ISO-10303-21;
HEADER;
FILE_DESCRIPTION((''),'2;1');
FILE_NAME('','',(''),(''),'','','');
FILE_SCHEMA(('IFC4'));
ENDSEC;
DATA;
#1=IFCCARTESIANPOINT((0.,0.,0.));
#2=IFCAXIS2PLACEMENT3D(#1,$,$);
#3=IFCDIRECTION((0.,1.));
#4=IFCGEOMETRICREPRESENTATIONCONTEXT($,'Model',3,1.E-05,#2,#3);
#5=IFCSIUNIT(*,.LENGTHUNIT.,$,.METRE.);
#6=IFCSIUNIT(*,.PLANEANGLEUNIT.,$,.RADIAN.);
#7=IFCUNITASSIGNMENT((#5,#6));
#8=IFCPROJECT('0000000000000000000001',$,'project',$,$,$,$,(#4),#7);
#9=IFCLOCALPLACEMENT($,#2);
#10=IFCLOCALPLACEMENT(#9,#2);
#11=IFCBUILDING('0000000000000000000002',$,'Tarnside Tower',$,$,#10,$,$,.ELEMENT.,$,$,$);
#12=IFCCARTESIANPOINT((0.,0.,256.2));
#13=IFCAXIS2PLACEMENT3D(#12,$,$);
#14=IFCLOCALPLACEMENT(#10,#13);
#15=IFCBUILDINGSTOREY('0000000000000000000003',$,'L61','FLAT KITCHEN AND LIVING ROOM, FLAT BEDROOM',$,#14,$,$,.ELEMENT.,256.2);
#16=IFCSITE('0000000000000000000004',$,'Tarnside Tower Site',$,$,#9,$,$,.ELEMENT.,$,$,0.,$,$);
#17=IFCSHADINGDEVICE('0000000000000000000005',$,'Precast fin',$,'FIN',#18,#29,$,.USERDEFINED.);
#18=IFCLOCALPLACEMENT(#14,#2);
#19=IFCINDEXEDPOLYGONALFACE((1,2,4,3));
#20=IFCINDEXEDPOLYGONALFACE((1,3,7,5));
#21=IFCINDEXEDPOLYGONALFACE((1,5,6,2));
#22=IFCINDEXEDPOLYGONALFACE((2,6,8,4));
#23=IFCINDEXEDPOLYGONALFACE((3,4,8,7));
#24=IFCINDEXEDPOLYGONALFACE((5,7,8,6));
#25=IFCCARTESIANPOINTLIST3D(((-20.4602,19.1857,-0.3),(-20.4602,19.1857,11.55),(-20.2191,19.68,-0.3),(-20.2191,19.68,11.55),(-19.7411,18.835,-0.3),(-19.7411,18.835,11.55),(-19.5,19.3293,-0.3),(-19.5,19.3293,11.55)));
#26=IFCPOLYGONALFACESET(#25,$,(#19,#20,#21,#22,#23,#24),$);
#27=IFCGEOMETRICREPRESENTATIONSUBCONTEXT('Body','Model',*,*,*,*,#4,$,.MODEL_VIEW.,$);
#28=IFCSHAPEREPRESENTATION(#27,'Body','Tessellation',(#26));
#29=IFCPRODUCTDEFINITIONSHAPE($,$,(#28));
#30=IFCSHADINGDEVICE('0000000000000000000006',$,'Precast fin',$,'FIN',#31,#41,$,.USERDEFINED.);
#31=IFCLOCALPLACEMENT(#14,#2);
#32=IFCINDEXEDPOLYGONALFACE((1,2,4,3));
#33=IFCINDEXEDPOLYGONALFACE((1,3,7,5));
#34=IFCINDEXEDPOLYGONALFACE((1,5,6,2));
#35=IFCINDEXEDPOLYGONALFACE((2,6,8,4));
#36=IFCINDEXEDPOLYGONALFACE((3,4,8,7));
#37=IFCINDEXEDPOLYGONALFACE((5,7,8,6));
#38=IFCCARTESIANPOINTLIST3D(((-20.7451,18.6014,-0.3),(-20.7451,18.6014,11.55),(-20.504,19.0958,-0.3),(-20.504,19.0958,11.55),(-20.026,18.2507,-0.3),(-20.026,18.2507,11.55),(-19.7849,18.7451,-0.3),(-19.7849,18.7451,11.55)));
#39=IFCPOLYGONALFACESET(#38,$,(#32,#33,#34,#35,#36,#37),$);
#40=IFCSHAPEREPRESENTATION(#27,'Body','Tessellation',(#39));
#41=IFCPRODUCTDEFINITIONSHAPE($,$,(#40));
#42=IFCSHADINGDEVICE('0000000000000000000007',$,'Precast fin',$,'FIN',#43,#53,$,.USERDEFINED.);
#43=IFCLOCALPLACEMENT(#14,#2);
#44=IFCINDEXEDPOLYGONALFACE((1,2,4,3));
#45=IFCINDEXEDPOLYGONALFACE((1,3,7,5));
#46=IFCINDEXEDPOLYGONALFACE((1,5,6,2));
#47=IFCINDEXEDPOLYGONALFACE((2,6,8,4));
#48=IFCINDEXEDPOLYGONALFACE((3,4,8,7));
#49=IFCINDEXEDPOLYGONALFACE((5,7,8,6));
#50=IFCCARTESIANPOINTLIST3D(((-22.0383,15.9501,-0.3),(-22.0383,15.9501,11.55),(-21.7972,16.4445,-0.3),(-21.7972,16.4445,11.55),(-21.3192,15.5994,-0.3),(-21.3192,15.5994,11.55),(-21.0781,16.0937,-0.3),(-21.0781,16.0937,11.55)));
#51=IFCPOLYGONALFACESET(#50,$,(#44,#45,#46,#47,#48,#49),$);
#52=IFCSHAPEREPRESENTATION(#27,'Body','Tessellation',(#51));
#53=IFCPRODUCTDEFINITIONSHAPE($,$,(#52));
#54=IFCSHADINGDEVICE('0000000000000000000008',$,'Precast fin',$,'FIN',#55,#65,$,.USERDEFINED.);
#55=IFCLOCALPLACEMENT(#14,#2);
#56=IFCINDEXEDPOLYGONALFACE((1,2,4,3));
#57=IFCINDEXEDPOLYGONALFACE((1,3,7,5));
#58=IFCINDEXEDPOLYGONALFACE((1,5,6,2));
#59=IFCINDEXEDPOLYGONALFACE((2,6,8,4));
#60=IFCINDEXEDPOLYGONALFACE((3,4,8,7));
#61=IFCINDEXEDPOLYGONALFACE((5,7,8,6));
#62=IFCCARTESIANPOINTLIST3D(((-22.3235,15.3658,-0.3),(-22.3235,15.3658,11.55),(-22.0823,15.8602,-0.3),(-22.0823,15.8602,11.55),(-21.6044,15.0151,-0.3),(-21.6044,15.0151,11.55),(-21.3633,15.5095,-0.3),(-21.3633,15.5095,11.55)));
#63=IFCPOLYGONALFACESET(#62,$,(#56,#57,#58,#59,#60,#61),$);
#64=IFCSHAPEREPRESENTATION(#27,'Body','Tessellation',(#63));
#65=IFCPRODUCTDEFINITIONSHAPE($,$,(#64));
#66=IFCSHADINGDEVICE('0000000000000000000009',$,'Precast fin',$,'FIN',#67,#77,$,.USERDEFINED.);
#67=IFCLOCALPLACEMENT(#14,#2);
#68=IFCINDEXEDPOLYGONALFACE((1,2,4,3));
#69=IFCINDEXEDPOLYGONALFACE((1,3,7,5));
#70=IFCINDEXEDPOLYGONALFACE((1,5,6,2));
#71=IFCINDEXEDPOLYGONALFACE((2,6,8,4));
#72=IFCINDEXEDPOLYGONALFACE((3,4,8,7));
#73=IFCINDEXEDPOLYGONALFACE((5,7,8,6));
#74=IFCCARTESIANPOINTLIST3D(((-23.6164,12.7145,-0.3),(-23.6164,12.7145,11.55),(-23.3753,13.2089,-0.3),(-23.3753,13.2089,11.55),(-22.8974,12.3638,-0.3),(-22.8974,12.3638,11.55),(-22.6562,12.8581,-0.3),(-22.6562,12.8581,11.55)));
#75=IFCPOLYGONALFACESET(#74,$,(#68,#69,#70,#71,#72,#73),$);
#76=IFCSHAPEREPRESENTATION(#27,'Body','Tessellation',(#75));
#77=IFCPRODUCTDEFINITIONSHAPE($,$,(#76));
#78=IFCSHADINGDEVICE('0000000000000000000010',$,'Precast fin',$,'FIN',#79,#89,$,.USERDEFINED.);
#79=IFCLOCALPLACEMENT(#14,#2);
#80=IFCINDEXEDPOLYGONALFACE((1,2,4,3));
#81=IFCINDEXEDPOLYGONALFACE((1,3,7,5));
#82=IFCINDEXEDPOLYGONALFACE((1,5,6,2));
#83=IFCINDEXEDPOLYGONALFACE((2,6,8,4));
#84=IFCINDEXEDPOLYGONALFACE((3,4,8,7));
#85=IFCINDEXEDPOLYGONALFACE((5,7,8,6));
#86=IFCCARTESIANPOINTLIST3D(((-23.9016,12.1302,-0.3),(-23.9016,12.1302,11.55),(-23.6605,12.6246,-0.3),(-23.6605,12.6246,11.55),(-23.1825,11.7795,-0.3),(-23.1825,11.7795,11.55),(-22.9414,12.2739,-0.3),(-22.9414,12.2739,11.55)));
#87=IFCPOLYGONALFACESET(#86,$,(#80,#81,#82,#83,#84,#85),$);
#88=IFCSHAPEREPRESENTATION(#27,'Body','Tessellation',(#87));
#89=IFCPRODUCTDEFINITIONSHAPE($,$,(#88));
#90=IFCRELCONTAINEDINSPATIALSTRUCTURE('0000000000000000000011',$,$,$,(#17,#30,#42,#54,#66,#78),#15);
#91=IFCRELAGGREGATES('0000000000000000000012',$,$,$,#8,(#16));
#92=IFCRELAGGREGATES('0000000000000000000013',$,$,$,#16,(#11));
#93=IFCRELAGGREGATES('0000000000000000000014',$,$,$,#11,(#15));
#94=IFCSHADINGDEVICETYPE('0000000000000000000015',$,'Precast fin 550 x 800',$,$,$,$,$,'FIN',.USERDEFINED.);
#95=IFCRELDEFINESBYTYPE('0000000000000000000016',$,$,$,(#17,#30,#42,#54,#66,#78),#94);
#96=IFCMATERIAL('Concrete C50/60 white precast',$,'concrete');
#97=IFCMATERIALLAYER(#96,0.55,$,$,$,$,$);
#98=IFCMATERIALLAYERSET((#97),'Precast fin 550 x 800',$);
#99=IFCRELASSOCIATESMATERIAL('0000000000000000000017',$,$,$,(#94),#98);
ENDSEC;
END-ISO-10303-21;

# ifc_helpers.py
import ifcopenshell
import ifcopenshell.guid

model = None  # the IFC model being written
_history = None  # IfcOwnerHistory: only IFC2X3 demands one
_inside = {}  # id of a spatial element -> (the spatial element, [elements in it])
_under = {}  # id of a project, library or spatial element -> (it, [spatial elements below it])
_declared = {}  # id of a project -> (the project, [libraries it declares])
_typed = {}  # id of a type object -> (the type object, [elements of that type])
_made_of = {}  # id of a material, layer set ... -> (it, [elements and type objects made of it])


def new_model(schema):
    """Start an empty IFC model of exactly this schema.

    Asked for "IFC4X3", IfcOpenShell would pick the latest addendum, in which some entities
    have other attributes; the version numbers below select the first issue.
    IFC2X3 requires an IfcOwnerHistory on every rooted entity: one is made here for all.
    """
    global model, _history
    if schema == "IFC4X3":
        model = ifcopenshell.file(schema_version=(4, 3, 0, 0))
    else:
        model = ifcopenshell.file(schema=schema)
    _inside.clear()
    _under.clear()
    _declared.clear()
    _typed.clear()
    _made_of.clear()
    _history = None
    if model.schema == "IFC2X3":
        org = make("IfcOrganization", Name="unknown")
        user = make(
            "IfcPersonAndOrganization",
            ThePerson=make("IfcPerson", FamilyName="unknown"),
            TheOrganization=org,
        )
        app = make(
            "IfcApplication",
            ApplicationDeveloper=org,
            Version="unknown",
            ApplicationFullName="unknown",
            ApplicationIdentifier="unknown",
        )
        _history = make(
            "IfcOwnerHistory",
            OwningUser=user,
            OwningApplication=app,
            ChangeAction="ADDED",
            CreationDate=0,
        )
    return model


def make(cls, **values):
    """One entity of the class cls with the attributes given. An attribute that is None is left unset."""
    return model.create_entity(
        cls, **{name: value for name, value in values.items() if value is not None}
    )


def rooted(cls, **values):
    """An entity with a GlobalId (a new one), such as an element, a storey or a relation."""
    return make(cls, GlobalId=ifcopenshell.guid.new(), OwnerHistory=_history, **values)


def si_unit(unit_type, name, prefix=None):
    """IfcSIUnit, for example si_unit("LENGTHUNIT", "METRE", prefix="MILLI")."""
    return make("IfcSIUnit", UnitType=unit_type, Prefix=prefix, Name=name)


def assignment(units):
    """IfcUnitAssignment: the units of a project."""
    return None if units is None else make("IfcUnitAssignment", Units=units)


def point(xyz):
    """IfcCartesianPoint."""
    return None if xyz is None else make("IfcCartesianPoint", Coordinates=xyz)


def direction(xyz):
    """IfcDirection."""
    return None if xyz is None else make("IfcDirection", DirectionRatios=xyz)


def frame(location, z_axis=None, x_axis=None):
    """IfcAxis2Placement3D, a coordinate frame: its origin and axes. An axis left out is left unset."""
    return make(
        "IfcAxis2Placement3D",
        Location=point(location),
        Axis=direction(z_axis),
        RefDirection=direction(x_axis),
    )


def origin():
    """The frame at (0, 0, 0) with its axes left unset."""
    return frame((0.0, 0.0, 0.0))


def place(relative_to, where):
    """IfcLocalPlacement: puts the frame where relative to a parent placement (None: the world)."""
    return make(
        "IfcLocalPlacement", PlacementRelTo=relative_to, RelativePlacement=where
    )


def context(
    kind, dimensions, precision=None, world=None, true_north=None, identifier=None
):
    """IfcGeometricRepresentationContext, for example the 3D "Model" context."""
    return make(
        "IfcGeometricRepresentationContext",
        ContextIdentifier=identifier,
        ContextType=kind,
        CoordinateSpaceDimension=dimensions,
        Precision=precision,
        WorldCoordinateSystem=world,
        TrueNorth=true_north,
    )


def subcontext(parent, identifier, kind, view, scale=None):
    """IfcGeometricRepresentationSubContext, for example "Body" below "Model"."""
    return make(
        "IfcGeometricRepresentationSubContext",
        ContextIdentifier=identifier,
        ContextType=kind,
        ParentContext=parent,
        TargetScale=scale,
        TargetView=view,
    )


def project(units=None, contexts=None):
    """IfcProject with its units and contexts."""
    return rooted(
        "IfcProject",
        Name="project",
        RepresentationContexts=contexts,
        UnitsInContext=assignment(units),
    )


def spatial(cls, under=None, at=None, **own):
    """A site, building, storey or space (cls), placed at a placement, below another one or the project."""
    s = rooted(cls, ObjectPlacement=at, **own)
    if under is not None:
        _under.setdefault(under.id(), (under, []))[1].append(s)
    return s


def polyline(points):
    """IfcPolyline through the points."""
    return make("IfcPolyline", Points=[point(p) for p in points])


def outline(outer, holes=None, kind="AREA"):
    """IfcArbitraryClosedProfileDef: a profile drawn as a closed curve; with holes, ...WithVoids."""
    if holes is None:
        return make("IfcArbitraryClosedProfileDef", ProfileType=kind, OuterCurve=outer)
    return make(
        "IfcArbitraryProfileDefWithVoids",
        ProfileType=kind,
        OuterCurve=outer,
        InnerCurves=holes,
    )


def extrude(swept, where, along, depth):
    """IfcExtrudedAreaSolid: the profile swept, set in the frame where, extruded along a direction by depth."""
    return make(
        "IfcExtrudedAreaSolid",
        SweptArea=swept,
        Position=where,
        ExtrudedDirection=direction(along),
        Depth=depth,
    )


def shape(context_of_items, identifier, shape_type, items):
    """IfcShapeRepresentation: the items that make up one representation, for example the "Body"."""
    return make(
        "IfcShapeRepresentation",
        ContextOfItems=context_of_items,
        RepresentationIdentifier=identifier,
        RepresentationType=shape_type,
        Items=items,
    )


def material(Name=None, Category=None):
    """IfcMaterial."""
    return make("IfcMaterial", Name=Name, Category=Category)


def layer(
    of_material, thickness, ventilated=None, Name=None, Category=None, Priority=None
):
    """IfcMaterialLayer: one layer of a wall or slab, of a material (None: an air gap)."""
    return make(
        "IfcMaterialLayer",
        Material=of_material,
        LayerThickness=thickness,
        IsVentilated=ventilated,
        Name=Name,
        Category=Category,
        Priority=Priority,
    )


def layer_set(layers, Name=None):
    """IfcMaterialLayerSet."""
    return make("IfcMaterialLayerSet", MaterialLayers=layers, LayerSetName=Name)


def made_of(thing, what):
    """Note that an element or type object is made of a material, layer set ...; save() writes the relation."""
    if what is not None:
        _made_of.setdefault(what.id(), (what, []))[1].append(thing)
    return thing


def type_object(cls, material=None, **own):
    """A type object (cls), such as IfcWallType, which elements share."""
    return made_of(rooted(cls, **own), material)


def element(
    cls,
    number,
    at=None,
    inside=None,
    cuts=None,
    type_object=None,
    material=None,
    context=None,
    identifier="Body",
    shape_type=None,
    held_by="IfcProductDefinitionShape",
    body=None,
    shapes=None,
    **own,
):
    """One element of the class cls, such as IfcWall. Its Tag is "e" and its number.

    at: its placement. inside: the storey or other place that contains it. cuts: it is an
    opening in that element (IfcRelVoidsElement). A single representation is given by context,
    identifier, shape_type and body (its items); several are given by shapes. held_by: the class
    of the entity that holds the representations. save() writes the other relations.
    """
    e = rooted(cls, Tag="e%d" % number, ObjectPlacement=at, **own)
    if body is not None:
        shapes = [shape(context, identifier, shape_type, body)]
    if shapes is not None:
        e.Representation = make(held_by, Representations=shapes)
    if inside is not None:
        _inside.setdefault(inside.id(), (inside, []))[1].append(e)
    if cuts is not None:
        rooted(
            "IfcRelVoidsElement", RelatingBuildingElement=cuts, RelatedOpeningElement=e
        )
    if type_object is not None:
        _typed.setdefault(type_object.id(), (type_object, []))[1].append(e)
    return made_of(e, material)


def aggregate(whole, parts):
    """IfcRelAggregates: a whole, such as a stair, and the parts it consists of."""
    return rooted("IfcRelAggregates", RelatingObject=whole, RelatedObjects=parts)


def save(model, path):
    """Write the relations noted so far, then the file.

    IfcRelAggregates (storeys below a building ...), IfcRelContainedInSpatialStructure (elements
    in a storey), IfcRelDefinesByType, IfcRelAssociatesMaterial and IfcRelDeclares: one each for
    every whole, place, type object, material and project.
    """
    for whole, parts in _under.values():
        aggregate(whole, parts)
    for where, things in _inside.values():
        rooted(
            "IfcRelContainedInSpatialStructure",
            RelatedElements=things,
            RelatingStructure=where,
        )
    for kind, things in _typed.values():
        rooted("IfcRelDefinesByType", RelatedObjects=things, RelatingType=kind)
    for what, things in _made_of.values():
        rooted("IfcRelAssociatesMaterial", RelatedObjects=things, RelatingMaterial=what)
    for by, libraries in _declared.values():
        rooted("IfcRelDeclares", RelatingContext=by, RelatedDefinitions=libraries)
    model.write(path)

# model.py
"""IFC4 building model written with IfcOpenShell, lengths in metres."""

from ifc_helpers import new_model, si_unit, direction, frame, origin, place, context, subcontext, project, spatial, polyline, outline, extrude, material, layer, layer_set, type_object, element, save


model = new_model("IFC4")

# Units and contexts
model_context = context("Model", 3, precision=1e-05, world=origin(), true_north=direction((0.0, 1.0)))
body_context = subcontext(model_context, "Body", "Model", "MODEL_VIEW")
ifc_project = project(units=[si_unit("LENGTHUNIT", "METRE"), si_unit("PLANEANGLEUNIT", "RADIAN")], contexts=[model_context])

# Site, building, storey
site_placement = place(None, origin())
site = spatial("IfcSite", under=ifc_project, at=site_placement, Name="Tarnside Tower Site", CompositionType="ELEMENT", RefElevation=0.0)
building_placement = place(site_placement, origin())
building = spatial("IfcBuilding", under=site, at=building_placement, Name="Tarnside Tower", CompositionType="ELEMENT")
storey_placement = place(building_placement, frame((0.0, 0.0, 256.2)))
storey = spatial("IfcBuildingStorey", under=building, at=storey_placement, Name="L61", Description="FLAT KITCHEN AND LIVING ROOM, FLAT BEDROOM", CompositionType="ELEMENT", Elevation=256.2)

# Shading devices
ifc_material_1 = material(Name="Concrete C50/60 white precast", Category="concrete")
ifc_layer_1 = layer(ifc_material_1, 0.55)
ifc_layer_set_1 = layer_set([ifc_layer_1], Name="Precast fin 550 x 800")
shading_device_type = type_object("IfcShadingDeviceType", Name="Precast fin 550 x 800", ElementType="FIN", PredefinedType="USERDEFINED", material=ifc_layer_set_1)
for number, where, z_axis, x_axis, name in (
    (1, (-19.6206, 19.082, -0.3), (0.438371, 0.898794, 0.0), (-0.898794, 0.438371, 0.0), "Precast fin"),
    (2, (-19.9055, 18.4978, -0.3), (0.438371, 0.898794, 0.0), (-0.898794, 0.438371, 0.0), "Precast fin"),
    (3, (-21.1987, 15.8464, -0.3), (0.438371, 0.898794, 0.0), (-0.898794, 0.438371, 0.0), "Precast fin"),
    (4, (-21.4839, 15.2622, -0.3), (0.438371, 0.898794, 0.0), (-0.898794, 0.438371, 0.0), "Precast fin"),
    (5, (-22.7769, 12.6108, -0.3), (0.438371, 0.898794, 0.0), (-0.898794, 0.438371, 0.0), "Precast fin"),
    (6, (-23.062, 12.0266, -0.3), (0.438371, 0.898794, 0.0), (-0.898794, 0.438371, 0.0), "Precast fin"),
):
    element("IfcShadingDevice", number, at=place(storey_placement, frame(where, z_axis=z_axis, x_axis=x_axis)), inside=storey, type_object=shading_device_type, Name=name, ObjectType="FIN", PredefinedType="USERDEFINED", context=body_context, shape_type="SweptSolid", body=[
        extrude(outline(polyline([(0.0, 0.0), (0.8, 0.0), (0.8, 11.8501), (0.0, 11.8501), (0.0, 0.0)])), frame((0.0, 0.0, -0.2749)), (0.0, 0.0, 1.0), 0.55),
    ])

save(model, "model.ifc")
